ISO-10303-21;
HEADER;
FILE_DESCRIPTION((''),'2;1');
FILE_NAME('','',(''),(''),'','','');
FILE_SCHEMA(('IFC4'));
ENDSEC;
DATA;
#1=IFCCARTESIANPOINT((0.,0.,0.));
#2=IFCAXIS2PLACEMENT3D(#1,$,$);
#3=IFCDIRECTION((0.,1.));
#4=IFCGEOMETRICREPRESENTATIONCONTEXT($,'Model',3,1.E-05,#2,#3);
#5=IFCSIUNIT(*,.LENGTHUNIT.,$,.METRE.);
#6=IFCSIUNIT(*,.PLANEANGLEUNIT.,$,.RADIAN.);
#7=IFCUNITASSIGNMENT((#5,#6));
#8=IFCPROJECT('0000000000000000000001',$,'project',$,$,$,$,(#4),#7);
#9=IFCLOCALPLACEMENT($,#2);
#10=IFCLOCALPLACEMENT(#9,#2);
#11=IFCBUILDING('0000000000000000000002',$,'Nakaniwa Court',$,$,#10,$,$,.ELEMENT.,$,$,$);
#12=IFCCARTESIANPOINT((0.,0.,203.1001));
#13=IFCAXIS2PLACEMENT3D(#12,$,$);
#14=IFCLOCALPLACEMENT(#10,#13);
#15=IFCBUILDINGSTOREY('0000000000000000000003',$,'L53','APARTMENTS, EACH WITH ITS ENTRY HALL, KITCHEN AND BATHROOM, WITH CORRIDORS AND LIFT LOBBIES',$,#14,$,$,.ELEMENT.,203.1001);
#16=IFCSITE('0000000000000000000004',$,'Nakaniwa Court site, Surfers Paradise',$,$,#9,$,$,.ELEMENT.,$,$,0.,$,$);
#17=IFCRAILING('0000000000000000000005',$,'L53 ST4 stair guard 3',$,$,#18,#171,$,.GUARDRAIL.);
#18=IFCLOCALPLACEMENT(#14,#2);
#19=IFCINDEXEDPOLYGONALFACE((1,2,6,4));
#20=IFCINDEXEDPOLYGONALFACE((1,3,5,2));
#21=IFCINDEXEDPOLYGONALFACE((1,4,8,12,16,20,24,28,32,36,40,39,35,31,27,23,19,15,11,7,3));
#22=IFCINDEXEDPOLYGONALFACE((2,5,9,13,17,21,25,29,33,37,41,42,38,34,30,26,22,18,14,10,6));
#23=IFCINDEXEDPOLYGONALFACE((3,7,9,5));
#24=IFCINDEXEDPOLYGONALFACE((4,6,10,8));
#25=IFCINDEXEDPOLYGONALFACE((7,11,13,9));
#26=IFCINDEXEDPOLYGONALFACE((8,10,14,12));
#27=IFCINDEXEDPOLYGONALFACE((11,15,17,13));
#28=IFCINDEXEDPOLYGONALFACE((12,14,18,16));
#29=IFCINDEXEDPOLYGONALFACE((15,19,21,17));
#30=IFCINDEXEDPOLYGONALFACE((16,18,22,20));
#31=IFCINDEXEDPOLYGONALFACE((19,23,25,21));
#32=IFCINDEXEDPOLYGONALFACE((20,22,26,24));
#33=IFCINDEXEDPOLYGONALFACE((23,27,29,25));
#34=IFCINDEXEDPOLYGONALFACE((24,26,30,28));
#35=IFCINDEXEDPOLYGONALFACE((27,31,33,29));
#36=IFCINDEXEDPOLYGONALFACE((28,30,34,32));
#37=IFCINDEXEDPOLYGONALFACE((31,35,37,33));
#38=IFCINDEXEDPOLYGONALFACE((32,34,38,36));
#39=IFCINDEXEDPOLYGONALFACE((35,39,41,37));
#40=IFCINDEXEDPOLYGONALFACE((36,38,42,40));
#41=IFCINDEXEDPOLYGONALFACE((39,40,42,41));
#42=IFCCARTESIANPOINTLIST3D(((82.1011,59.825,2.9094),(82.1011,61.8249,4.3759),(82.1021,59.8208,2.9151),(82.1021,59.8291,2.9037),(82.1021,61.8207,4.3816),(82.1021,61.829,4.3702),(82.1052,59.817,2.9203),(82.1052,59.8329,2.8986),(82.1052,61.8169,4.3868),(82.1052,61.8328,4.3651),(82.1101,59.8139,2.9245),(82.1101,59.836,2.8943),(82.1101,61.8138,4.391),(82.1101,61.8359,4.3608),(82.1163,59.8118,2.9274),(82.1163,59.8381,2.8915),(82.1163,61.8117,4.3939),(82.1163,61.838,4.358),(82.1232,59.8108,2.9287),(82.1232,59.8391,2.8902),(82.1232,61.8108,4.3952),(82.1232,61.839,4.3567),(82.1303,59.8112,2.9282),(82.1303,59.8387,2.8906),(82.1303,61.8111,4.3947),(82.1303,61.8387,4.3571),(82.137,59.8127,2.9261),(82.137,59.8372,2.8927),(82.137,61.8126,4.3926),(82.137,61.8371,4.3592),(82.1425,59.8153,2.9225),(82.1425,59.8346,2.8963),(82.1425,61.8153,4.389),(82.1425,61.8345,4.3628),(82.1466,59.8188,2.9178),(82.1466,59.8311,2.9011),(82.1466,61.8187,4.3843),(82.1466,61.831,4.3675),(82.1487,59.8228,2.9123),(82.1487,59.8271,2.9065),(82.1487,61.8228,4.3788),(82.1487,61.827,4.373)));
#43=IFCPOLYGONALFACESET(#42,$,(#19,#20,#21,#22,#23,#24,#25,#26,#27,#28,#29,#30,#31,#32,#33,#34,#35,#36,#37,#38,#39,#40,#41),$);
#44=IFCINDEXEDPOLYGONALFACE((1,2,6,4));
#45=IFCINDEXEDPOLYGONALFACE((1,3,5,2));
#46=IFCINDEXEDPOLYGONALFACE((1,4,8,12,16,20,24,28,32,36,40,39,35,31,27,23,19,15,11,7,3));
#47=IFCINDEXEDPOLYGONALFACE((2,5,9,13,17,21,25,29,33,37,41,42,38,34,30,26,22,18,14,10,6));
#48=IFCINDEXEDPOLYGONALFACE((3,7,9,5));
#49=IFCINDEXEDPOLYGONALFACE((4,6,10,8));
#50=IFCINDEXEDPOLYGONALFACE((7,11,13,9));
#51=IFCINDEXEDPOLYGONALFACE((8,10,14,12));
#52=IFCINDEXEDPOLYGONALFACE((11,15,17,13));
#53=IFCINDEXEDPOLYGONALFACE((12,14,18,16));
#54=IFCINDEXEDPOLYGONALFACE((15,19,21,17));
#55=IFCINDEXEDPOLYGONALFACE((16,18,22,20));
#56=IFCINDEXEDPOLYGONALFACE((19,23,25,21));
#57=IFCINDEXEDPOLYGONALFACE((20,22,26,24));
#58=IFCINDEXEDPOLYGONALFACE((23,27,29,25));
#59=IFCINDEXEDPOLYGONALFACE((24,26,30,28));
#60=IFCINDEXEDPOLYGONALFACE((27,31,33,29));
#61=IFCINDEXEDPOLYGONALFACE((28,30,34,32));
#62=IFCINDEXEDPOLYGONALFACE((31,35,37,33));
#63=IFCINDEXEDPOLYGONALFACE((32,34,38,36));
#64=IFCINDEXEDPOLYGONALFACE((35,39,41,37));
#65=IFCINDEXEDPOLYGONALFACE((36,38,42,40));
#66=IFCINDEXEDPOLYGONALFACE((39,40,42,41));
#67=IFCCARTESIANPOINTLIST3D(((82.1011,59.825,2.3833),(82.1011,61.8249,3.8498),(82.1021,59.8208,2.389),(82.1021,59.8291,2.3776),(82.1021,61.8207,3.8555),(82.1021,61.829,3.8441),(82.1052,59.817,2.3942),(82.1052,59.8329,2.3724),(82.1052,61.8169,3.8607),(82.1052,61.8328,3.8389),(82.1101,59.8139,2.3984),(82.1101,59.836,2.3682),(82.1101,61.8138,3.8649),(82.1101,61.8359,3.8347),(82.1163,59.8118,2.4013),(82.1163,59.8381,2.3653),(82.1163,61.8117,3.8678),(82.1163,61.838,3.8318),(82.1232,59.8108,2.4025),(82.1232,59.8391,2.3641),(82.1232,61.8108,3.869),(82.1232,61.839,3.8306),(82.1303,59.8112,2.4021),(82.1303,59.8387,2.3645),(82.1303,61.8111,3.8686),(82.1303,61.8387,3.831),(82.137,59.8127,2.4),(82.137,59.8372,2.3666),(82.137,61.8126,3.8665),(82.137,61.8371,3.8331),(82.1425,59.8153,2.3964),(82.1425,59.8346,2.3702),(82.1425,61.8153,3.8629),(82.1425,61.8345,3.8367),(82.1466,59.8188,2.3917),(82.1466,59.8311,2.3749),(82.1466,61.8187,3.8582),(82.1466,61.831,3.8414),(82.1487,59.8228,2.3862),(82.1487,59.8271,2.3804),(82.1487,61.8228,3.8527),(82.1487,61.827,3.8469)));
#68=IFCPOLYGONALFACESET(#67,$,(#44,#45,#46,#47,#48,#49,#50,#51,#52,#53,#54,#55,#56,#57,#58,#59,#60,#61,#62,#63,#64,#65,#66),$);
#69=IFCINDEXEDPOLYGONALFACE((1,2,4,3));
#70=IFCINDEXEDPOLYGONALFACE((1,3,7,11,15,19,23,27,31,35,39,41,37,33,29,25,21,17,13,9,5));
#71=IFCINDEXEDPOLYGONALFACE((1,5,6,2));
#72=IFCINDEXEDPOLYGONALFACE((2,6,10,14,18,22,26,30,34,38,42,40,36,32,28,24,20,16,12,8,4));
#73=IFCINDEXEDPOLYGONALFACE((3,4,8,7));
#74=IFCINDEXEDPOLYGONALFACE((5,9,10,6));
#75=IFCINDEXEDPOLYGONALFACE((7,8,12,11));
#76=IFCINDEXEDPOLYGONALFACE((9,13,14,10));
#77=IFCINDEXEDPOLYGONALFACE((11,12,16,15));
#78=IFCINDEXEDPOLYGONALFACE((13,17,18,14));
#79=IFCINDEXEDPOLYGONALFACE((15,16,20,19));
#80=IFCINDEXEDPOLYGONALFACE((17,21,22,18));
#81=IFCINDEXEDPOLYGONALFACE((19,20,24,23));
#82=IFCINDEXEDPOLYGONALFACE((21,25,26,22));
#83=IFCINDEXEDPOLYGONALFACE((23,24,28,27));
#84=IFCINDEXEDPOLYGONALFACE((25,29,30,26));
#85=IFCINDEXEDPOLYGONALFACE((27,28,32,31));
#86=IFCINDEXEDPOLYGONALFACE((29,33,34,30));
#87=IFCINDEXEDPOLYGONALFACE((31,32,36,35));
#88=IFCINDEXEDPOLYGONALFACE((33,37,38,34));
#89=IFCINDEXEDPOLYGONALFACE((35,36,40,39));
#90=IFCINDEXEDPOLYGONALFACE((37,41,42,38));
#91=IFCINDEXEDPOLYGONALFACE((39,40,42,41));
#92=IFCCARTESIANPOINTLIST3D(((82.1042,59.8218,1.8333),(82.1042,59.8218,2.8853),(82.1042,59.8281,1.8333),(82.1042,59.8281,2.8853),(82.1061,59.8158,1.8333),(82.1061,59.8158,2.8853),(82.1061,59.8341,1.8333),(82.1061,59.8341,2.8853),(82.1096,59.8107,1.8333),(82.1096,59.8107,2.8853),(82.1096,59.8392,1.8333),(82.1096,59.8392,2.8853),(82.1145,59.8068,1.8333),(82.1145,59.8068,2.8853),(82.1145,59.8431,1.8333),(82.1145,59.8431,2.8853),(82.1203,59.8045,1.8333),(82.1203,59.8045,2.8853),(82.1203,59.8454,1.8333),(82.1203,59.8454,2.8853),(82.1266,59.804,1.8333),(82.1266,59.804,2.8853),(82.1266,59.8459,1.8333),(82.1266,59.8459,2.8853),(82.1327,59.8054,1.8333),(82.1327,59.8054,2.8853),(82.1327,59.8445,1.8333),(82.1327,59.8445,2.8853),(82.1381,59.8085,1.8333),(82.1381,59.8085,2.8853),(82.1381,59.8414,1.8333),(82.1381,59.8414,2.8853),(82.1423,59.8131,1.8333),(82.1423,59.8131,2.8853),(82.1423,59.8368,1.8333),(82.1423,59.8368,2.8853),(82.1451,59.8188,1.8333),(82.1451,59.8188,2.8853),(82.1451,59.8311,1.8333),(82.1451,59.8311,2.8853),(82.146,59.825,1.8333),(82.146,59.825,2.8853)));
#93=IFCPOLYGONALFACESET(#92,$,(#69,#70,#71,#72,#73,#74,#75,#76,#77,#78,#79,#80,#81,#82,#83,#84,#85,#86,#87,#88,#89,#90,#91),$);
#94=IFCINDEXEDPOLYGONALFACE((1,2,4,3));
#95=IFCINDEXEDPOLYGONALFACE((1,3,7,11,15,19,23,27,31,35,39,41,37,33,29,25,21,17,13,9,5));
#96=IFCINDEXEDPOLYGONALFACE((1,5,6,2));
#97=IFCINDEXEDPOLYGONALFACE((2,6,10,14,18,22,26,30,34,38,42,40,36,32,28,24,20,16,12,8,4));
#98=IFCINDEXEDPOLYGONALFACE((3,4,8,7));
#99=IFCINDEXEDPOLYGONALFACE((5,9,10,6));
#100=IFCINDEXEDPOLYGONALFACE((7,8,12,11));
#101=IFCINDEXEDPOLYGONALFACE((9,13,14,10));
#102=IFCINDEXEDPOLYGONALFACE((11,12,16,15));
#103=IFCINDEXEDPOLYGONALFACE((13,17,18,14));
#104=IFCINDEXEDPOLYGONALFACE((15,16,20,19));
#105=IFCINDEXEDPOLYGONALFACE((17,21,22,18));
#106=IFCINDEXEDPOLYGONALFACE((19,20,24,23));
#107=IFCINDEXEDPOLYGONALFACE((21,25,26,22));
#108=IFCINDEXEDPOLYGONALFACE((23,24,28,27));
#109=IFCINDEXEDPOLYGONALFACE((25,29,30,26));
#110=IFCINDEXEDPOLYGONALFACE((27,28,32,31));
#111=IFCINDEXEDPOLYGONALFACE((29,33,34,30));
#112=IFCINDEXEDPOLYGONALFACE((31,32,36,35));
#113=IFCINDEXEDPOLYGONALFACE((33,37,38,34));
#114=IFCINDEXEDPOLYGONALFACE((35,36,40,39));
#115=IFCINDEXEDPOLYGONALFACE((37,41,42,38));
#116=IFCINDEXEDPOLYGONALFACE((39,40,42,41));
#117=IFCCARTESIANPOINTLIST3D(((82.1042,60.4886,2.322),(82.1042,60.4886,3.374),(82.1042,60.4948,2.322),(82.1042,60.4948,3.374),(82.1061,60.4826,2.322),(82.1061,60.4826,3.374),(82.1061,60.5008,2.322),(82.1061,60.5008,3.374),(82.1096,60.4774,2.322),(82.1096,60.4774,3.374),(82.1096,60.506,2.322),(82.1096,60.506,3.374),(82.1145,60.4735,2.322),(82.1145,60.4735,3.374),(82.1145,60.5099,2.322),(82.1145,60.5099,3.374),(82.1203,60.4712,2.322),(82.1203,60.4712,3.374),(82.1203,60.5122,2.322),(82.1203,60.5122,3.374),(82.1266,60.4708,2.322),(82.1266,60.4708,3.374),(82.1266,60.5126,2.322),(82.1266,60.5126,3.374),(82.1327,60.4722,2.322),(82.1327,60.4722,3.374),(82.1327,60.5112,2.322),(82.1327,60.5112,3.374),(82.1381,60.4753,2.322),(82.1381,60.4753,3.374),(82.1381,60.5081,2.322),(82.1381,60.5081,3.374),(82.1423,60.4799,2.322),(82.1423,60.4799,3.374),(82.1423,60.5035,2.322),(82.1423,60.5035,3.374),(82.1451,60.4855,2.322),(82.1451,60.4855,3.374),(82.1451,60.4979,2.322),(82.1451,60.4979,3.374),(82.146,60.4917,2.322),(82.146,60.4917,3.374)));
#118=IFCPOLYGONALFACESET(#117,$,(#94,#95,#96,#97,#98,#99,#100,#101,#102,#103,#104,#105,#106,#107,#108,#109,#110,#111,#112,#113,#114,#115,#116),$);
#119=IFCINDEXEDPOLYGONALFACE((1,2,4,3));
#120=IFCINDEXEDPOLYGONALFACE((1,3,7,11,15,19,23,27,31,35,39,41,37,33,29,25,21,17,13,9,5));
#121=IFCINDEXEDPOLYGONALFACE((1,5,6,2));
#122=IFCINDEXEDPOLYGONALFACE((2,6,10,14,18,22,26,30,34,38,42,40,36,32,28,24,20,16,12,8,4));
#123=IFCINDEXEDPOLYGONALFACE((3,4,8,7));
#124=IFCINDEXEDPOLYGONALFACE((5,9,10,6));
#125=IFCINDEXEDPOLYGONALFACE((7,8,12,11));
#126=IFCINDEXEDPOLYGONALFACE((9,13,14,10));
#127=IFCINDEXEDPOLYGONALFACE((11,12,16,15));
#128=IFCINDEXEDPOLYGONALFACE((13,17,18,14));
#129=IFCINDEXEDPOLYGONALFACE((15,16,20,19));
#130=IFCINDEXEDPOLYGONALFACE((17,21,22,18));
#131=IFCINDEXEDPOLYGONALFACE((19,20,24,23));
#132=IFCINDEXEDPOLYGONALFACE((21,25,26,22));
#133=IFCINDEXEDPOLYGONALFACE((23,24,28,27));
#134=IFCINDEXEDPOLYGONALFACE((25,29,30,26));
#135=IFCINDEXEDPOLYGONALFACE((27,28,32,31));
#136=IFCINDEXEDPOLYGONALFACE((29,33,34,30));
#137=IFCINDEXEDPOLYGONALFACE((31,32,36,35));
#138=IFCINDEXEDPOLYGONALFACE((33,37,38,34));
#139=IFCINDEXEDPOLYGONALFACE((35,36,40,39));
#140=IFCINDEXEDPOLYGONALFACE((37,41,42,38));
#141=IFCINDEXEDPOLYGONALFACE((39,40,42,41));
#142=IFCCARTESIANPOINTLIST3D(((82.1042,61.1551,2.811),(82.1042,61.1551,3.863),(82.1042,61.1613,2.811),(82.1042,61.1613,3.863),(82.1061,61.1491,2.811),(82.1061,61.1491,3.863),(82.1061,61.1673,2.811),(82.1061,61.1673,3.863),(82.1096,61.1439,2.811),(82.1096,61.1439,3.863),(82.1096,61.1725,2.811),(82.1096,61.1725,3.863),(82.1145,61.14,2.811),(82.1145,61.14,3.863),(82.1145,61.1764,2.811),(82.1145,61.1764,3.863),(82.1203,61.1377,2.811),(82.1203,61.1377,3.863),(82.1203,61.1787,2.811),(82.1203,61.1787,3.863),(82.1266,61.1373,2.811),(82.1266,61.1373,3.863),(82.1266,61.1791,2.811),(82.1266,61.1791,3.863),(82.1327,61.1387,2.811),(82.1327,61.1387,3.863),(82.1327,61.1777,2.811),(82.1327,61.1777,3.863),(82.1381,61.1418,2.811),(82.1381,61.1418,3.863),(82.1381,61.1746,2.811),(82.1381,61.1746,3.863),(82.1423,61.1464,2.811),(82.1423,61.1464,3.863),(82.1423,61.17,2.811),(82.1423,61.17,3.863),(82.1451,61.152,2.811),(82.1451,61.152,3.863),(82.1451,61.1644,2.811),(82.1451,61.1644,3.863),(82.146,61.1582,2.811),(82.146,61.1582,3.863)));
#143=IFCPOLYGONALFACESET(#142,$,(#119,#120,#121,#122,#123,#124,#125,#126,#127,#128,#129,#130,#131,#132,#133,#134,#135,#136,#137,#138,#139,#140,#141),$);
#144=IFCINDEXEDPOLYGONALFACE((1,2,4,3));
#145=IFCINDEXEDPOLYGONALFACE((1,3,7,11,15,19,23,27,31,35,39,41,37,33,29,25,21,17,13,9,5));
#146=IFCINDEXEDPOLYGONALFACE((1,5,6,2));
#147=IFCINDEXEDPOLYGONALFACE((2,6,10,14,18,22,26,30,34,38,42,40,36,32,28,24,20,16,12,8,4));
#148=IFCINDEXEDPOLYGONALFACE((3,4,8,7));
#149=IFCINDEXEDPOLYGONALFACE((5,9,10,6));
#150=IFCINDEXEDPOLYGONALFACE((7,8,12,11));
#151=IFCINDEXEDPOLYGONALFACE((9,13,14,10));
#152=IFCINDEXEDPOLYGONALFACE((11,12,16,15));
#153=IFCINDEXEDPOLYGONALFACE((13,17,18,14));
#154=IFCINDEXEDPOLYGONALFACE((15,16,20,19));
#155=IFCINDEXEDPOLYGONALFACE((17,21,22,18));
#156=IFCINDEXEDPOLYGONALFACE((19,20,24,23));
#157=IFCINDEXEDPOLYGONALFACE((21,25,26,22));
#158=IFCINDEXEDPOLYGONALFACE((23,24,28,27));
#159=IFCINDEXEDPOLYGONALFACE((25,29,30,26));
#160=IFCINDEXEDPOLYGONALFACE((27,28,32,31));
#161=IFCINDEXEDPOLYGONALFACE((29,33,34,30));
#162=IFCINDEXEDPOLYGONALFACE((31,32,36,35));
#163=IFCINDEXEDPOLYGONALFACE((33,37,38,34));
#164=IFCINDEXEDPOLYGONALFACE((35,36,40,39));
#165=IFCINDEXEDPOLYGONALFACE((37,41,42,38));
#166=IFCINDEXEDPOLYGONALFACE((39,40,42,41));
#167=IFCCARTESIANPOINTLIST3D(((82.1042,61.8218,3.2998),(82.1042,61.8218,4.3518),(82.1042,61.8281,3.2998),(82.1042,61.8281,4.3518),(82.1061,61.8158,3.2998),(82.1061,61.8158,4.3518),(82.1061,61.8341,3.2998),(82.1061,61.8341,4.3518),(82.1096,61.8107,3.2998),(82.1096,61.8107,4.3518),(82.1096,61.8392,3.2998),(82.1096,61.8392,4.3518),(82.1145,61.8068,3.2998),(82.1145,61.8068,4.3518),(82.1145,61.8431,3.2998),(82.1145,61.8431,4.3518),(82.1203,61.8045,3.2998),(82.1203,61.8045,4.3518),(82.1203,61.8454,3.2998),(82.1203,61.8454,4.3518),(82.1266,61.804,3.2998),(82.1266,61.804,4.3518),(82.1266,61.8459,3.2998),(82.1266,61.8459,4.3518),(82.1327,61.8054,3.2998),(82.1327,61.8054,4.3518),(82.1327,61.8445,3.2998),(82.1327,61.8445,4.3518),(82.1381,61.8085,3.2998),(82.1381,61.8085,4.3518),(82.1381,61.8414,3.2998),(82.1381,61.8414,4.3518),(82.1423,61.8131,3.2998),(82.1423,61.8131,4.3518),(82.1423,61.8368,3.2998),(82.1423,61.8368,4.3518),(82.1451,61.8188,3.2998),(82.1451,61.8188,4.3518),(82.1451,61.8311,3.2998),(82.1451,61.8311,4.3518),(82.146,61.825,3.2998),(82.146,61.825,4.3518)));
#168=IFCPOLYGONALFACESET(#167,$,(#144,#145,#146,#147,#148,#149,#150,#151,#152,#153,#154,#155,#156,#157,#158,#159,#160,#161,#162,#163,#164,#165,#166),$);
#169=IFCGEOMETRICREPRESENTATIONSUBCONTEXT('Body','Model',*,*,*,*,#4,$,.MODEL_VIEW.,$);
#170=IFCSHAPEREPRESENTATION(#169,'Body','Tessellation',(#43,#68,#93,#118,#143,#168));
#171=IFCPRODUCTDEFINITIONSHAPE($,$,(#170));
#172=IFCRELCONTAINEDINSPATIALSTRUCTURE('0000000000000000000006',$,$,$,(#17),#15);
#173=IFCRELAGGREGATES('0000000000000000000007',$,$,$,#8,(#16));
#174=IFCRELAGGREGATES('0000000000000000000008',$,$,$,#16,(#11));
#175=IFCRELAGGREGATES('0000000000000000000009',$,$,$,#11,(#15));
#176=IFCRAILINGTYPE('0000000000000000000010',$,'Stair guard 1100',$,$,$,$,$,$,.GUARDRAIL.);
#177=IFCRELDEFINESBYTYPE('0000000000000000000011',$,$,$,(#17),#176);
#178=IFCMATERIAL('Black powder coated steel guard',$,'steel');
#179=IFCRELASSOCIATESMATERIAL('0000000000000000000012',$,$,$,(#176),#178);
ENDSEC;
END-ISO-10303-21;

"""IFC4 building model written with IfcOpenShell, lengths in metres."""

from ifc_helpers import new_model, si_unit, direction, frame, origin, origin_2d, place, context, subcontext, project, spatial, circle, extrude, material, type_object, element, save


model = new_model("IFC4")

# Units and contexts
model_context = context("Model", 3, precision=1e-05, world=origin(), true_north=direction((0.0, 1.0)))
body_context = subcontext(model_context, "Body", "Model", "MODEL_VIEW")
ifc_project = project(units=[si_unit("LENGTHUNIT", "METRE"), si_unit("PLANEANGLEUNIT", "RADIAN")], contexts=[model_context])

# Site, building, storey
site_placement = place(None, origin())
site = spatial("IfcSite", under=ifc_project, at=site_placement, Name="Nakaniwa Court site, Surfers Paradise", CompositionType="ELEMENT", RefElevation=0.0)
building_placement = place(site_placement, origin())
building = spatial("IfcBuilding", under=site, at=building_placement, Name="Nakaniwa Court", CompositionType="ELEMENT")
storey_placement = place(building_placement, frame((0.0, 0.0, 203.1001)))
storey = spatial("IfcBuildingStorey", under=building, at=storey_placement, Name="L53", Description="APARTMENTS, EACH WITH ITS ENTRY HALL, KITCHEN AND BATHROOM, WITH CORRIDORS AND LIFT LOBBIES", CompositionType="ELEMENT", Elevation=203.1001)

# Railing
ifc_material_1 = material(Name="Black powder coated steel guard", Category="steel")
railing_type_1 = type_object("IfcRailingType", Name="Stair guard 1100", PredefinedType="GUARDRAIL", material=ifc_material_1)
railing_1_placement = place(storey_placement, frame((82.125, 59.825, 1.8333)))
element("IfcRailing", 1, at=railing_1_placement, inside=storey, type_object=railing_type_1, Name="L53 ST4 stair guard 3", PredefinedType="GUARDRAIL", context=body_context, shape_type="SweptSolid", body=[
    extrude(circle(Radius=0.0239, at=origin_2d()), frame((0.0, 0.0, 1.0762), z_axis=(0.0, 0.806427, 0.591334), x_axis=(-1.0, 0.0, 0.0)), (0.0, 0.0, 1.0), 2.48),
    extrude(circle(Radius=0.0239, at=origin_2d()), frame((0.0, 0.0, 0.55), z_axis=(0.0, 0.806427, 0.591334), x_axis=(-1.0, 0.0, 0.0)), (0.0, 0.0, 1.0), 2.48),
    extrude(circle(Radius=0.021, at=origin_2d()), origin(), (0.0, 0.0, 1.0), 1.052),
    extrude(circle(Radius=0.021, at=origin_2d()), frame((0.0, 0.6667, 0.4888)), (0.0, 0.0, 1.0), 1.052),
    extrude(circle(Radius=0.021, at=origin_2d()), frame((0.0, 1.3333, 0.9778)), (0.0, 0.0, 1.0), 1.052),
    extrude(circle(Radius=0.021, at=origin_2d()), frame((0.0, 2.0, 1.4666)), (0.0, 0.0, 1.0), 1.052),
])

save(model, "model.ifc")
